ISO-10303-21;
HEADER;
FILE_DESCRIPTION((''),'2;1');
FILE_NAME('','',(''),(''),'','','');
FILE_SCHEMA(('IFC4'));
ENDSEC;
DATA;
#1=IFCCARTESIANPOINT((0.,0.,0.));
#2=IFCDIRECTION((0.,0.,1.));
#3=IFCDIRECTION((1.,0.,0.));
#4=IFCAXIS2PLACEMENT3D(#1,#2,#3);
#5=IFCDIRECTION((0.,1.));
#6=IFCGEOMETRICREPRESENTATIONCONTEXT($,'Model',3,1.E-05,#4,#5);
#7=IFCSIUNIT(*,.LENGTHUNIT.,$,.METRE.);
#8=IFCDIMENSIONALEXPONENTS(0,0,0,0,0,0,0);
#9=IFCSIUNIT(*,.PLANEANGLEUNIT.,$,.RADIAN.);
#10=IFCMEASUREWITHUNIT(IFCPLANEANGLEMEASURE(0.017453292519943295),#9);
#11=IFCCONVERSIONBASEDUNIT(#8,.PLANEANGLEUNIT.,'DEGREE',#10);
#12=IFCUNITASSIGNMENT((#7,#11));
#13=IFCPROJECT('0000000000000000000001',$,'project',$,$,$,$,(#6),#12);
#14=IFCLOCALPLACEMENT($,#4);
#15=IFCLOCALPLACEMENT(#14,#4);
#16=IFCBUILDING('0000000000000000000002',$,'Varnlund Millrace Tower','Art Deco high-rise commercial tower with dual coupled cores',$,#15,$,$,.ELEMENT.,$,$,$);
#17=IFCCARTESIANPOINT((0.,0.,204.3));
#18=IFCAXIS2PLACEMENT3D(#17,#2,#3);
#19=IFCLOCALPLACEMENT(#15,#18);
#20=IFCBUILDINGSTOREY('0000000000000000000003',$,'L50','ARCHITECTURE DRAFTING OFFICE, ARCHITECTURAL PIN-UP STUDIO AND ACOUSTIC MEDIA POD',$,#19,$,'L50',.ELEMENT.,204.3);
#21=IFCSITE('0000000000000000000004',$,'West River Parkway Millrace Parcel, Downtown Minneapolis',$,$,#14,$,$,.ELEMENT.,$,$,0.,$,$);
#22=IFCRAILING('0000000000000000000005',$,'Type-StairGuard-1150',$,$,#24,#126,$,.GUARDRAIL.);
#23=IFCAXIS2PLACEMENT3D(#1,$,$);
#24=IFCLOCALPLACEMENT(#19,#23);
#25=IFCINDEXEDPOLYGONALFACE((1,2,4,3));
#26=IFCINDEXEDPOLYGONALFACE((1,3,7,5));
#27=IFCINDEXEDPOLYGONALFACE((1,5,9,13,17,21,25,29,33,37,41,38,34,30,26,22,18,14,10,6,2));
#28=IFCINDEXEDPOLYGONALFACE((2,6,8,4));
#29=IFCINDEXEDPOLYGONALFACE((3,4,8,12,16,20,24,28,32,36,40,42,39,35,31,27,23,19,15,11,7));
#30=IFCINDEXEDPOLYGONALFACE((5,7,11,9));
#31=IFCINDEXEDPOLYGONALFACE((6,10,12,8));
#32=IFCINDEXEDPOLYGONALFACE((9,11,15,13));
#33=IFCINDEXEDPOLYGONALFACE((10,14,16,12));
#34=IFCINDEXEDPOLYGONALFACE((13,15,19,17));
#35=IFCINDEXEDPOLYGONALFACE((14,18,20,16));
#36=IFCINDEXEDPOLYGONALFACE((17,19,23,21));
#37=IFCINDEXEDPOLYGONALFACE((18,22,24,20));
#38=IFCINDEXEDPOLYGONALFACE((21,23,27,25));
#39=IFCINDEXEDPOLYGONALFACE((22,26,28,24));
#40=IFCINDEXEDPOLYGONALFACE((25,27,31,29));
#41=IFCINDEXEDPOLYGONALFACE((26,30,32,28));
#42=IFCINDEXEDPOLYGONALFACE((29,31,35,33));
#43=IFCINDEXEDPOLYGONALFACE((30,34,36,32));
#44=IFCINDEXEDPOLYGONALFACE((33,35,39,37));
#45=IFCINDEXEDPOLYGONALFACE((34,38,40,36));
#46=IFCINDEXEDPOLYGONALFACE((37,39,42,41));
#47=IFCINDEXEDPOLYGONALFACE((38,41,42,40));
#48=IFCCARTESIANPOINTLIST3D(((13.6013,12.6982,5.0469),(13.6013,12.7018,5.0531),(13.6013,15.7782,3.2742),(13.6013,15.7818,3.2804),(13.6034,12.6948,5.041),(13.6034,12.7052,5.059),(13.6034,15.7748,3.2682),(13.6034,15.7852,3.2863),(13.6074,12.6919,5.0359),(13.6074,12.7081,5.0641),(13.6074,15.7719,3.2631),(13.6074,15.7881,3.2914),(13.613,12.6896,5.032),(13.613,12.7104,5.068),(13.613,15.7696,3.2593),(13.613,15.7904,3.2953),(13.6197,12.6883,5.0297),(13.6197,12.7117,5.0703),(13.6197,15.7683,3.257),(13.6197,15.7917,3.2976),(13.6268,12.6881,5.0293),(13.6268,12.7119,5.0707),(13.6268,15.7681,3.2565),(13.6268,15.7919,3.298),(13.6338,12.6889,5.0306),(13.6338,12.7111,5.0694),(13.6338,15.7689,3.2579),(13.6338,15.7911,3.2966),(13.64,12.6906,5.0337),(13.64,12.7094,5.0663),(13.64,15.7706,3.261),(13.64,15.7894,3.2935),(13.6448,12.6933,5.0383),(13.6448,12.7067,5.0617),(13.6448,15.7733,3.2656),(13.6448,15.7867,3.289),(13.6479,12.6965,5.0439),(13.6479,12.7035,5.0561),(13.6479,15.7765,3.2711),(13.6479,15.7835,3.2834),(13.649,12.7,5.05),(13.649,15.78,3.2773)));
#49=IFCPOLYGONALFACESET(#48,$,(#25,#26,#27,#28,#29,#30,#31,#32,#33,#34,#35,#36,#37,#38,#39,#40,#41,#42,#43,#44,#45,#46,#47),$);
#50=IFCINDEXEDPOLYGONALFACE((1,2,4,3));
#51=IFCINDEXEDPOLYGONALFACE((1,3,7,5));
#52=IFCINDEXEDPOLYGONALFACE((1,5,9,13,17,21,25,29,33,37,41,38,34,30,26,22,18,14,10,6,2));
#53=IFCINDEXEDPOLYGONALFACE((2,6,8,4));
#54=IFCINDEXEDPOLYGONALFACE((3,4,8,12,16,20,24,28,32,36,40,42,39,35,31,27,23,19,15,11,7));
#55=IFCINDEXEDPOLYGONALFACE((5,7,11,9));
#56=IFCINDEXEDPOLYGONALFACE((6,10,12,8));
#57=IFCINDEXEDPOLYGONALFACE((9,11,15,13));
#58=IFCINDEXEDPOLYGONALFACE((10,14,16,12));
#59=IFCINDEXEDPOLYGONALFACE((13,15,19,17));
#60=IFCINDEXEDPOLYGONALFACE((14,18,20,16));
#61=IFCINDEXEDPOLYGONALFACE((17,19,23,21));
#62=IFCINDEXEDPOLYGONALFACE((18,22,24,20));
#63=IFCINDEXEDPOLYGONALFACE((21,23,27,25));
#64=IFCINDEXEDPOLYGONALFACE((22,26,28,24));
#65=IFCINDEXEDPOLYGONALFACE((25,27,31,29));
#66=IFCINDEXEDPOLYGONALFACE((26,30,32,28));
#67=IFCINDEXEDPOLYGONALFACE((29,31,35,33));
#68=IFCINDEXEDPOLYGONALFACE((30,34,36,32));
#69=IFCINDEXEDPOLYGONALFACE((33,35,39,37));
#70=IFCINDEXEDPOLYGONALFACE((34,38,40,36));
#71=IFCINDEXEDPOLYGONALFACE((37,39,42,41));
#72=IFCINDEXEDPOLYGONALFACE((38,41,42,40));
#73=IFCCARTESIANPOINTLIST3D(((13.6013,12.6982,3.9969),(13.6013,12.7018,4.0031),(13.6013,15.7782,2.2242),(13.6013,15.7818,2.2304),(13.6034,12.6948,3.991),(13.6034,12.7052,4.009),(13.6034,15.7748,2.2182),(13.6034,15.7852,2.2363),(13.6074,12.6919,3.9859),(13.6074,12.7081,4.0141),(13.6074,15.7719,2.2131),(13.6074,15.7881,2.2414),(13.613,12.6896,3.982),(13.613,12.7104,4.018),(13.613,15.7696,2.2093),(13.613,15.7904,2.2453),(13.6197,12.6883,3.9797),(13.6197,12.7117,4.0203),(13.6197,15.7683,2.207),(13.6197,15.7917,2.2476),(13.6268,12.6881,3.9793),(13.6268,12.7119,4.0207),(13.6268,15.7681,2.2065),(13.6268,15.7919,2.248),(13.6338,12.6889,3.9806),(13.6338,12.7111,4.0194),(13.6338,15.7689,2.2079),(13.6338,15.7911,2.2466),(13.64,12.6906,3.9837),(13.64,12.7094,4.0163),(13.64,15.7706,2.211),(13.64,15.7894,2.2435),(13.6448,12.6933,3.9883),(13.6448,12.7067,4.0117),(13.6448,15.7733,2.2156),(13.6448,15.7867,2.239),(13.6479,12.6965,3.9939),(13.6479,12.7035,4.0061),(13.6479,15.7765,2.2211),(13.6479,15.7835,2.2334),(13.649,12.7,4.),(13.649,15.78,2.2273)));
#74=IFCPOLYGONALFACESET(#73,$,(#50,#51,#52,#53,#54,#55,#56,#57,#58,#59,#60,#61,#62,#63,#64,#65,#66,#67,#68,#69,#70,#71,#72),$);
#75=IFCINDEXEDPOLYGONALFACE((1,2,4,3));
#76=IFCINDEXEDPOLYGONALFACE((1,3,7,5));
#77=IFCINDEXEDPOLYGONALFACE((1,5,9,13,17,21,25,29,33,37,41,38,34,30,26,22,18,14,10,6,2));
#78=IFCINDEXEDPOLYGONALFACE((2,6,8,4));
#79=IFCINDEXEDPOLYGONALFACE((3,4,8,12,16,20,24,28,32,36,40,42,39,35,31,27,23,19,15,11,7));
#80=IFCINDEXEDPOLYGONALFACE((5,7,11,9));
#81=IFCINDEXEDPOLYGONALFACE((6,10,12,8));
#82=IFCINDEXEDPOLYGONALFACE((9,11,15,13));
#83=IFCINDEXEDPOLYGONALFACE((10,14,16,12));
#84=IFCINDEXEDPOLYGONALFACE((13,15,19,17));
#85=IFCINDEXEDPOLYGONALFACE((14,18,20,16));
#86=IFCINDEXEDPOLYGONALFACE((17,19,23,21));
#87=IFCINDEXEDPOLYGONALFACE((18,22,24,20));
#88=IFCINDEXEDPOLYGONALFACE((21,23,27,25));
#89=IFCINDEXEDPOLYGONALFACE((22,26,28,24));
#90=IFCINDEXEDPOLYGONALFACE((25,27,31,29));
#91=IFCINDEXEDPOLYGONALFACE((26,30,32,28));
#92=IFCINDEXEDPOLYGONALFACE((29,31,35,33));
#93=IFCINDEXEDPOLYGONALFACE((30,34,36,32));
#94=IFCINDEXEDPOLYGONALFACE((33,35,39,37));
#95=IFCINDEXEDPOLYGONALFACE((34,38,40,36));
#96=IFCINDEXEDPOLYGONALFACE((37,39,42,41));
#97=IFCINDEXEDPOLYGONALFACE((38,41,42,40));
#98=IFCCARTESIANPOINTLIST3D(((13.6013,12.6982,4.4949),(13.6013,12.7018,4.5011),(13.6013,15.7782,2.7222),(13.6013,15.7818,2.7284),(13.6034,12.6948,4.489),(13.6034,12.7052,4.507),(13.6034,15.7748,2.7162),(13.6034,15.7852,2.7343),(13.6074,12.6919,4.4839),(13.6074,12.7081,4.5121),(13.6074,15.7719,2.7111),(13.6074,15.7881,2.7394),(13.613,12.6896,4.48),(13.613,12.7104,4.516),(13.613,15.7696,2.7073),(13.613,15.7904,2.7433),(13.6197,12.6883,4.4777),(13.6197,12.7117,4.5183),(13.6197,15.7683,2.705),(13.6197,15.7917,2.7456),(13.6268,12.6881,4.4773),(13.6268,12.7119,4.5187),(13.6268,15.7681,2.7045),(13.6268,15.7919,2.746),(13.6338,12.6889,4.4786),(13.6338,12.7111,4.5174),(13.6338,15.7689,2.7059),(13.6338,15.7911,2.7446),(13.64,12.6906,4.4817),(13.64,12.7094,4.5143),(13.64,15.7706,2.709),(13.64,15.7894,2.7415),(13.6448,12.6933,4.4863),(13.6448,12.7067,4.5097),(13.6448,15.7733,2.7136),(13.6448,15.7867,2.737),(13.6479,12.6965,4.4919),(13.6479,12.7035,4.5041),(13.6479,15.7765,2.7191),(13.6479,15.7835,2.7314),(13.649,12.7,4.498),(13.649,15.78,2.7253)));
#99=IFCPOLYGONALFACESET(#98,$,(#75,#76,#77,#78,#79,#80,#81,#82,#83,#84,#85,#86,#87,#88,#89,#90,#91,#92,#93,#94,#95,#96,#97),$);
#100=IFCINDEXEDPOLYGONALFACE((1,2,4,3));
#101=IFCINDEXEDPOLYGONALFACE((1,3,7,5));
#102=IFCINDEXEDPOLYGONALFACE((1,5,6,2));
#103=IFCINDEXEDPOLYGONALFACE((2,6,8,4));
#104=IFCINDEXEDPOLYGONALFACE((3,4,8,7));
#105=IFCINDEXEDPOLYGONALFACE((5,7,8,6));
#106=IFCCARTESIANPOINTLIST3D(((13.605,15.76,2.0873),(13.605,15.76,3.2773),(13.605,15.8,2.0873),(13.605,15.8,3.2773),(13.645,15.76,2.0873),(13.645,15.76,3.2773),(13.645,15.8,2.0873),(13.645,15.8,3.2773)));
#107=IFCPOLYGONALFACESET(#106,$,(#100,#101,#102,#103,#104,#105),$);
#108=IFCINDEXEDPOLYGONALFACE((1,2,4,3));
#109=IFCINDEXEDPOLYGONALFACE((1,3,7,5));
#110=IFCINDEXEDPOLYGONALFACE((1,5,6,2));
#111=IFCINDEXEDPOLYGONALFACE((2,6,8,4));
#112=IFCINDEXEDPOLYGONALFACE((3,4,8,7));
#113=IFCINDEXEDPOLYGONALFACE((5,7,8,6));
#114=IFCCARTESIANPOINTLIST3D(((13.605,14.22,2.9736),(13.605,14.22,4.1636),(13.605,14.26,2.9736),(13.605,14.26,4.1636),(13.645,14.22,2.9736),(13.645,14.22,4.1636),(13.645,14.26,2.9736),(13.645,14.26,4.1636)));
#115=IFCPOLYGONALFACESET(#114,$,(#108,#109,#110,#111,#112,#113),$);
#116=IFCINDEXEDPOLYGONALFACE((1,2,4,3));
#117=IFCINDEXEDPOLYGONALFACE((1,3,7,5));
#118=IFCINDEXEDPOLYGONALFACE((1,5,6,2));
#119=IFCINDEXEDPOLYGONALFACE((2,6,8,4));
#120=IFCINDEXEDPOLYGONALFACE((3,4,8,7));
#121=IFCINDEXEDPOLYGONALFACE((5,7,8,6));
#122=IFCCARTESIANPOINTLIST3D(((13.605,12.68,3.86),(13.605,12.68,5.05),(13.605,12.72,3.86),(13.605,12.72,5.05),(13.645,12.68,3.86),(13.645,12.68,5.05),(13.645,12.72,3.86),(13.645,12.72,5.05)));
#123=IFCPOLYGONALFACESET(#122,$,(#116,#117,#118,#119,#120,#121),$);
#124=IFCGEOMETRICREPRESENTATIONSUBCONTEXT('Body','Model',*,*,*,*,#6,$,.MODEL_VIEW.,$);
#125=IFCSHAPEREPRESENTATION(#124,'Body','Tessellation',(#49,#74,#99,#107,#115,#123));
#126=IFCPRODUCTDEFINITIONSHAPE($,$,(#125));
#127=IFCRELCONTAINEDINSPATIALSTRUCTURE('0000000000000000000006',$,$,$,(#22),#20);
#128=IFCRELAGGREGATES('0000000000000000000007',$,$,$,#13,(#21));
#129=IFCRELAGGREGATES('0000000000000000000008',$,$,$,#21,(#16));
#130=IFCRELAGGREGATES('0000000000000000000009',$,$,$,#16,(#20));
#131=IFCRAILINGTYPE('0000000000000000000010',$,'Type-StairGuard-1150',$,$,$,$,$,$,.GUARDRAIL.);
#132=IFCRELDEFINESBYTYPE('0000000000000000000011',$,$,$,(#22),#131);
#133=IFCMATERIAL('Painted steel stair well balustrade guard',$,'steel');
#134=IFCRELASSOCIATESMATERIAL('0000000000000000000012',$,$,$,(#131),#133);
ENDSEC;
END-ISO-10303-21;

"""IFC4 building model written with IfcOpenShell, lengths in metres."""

from ifc_helpers import new_model, entity, si_unit, converted_unit, direction, frame, origin_with_axes, origin_2d_with_axis, place, context, subcontext, project, spatial, rectangle, circle, extrude, material, type_object, element, save


model = new_model("IFC4")

# Units and contexts
model_context = context("Model", 3, precision=1e-05, world=origin_with_axes(), true_north=direction((0.0, 1.0)))
body_context = subcontext(model_context, "Body", "Model", "MODEL_VIEW")
ifc_project = project(units=[si_unit("LENGTHUNIT", "METRE"), converted_unit("PLANEANGLEUNIT", "DEGREE", entity("IfcPlaneAngleMeasure", 0.017453292519943295), si_unit("PLANEANGLEUNIT", "RADIAN"), dimensions=[0, 0, 0, 0, 0, 0, 0])], contexts=[model_context])

# Site, building, storey
site_placement = place(None, origin_with_axes())
site = spatial("IfcSite", under=ifc_project, at=site_placement, Name="West River Parkway Millrace Parcel, Downtown Minneapolis", CompositionType="ELEMENT", RefElevation=0.0)
building_placement = place(site_placement, origin_with_axes())
building = spatial("IfcBuilding", under=site, at=building_placement, Name="Varnlund Millrace Tower", Description="Art Deco high-rise commercial tower with dual coupled cores", CompositionType="ELEMENT")
storey_placement = place(building_placement, frame((0.0, 0.0, 204.3), z_axis=(0.0, 0.0, 1.0), x_axis=(1.0, 0.0, 0.0)))
storey = spatial("IfcBuildingStorey", under=building, at=storey_placement, Name="L50", Description="ARCHITECTURE DRAFTING OFFICE, ARCHITECTURAL PIN-UP STUDIO AND ACOUSTIC MEDIA POD", LongName="L50", CompositionType="ELEMENT", Elevation=204.3)

# Railing
ifc_material_1 = material(Name="Painted steel stair well balustrade guard", Category="steel")
railing_type_1 = type_object("IfcRailingType", Name="Type-StairGuard-1150", PredefinedType="GUARDRAIL", material=ifc_material_1)
railing_1_placement = place(storey_placement, frame((0.0, 0.0, -204.3), z_axis=(0.0, 0.0, 1.0), x_axis=(1.0, 0.0, 0.0)))
element("IfcRailing", 1, at=railing_1_placement, inside=storey, type_object=railing_type_1, Name="Type-StairGuard-1150", PredefinedType="GUARDRAIL", context=body_context, shape_type="SweptSolid", body=[
    extrude(circle(Radius=0.024, at=origin_2d_with_axis()), frame((13.625, 15.78, 207.5773), z_axis=(0.0, -0.866696, 0.498836), x_axis=(1.0, 0.0, 0.0)), (0.0, 0.0, 1.0), 3.5537),
    extrude(circle(Radius=0.024, at=origin_2d_with_axis()), frame((13.625, 15.78, 206.5273), z_axis=(0.0, -0.866696, 0.498836), x_axis=(1.0, 0.0, 0.0)), (0.0, 0.0, 1.0), 3.5537),
    extrude(circle(Radius=0.024, at=origin_2d_with_axis()), frame((13.625, 15.78, 207.0253), z_axis=(0.0, -0.866696, 0.498836), x_axis=(1.0, 0.0, 0.0)), (0.0, 0.0, 1.0), 3.5537),
    extrude(rectangle(XDim=0.04, YDim=0.04, at=origin_2d_with_axis()), frame((13.625, 15.78, 206.3873), z_axis=(0.0, 0.0, 1.0), x_axis=(1.0, 0.0, 0.0)), (0.0, 0.0, 1.0), 1.19),
    extrude(rectangle(XDim=0.04, YDim=0.04, at=origin_2d_with_axis()), frame((13.625, 14.24, 207.2736), z_axis=(0.0, 0.0, 1.0), x_axis=(1.0, 0.0, 0.0)), (0.0, 0.0, 1.0), 1.19),
    extrude(rectangle(XDim=0.04, YDim=0.04, at=origin_2d_with_axis()), frame((13.625, 12.7, 208.16), z_axis=(0.0, 0.0, 1.0), x_axis=(1.0, 0.0, 0.0)), (0.0, 0.0, 1.0), 1.19),
])

save(model, "model.ifc")
